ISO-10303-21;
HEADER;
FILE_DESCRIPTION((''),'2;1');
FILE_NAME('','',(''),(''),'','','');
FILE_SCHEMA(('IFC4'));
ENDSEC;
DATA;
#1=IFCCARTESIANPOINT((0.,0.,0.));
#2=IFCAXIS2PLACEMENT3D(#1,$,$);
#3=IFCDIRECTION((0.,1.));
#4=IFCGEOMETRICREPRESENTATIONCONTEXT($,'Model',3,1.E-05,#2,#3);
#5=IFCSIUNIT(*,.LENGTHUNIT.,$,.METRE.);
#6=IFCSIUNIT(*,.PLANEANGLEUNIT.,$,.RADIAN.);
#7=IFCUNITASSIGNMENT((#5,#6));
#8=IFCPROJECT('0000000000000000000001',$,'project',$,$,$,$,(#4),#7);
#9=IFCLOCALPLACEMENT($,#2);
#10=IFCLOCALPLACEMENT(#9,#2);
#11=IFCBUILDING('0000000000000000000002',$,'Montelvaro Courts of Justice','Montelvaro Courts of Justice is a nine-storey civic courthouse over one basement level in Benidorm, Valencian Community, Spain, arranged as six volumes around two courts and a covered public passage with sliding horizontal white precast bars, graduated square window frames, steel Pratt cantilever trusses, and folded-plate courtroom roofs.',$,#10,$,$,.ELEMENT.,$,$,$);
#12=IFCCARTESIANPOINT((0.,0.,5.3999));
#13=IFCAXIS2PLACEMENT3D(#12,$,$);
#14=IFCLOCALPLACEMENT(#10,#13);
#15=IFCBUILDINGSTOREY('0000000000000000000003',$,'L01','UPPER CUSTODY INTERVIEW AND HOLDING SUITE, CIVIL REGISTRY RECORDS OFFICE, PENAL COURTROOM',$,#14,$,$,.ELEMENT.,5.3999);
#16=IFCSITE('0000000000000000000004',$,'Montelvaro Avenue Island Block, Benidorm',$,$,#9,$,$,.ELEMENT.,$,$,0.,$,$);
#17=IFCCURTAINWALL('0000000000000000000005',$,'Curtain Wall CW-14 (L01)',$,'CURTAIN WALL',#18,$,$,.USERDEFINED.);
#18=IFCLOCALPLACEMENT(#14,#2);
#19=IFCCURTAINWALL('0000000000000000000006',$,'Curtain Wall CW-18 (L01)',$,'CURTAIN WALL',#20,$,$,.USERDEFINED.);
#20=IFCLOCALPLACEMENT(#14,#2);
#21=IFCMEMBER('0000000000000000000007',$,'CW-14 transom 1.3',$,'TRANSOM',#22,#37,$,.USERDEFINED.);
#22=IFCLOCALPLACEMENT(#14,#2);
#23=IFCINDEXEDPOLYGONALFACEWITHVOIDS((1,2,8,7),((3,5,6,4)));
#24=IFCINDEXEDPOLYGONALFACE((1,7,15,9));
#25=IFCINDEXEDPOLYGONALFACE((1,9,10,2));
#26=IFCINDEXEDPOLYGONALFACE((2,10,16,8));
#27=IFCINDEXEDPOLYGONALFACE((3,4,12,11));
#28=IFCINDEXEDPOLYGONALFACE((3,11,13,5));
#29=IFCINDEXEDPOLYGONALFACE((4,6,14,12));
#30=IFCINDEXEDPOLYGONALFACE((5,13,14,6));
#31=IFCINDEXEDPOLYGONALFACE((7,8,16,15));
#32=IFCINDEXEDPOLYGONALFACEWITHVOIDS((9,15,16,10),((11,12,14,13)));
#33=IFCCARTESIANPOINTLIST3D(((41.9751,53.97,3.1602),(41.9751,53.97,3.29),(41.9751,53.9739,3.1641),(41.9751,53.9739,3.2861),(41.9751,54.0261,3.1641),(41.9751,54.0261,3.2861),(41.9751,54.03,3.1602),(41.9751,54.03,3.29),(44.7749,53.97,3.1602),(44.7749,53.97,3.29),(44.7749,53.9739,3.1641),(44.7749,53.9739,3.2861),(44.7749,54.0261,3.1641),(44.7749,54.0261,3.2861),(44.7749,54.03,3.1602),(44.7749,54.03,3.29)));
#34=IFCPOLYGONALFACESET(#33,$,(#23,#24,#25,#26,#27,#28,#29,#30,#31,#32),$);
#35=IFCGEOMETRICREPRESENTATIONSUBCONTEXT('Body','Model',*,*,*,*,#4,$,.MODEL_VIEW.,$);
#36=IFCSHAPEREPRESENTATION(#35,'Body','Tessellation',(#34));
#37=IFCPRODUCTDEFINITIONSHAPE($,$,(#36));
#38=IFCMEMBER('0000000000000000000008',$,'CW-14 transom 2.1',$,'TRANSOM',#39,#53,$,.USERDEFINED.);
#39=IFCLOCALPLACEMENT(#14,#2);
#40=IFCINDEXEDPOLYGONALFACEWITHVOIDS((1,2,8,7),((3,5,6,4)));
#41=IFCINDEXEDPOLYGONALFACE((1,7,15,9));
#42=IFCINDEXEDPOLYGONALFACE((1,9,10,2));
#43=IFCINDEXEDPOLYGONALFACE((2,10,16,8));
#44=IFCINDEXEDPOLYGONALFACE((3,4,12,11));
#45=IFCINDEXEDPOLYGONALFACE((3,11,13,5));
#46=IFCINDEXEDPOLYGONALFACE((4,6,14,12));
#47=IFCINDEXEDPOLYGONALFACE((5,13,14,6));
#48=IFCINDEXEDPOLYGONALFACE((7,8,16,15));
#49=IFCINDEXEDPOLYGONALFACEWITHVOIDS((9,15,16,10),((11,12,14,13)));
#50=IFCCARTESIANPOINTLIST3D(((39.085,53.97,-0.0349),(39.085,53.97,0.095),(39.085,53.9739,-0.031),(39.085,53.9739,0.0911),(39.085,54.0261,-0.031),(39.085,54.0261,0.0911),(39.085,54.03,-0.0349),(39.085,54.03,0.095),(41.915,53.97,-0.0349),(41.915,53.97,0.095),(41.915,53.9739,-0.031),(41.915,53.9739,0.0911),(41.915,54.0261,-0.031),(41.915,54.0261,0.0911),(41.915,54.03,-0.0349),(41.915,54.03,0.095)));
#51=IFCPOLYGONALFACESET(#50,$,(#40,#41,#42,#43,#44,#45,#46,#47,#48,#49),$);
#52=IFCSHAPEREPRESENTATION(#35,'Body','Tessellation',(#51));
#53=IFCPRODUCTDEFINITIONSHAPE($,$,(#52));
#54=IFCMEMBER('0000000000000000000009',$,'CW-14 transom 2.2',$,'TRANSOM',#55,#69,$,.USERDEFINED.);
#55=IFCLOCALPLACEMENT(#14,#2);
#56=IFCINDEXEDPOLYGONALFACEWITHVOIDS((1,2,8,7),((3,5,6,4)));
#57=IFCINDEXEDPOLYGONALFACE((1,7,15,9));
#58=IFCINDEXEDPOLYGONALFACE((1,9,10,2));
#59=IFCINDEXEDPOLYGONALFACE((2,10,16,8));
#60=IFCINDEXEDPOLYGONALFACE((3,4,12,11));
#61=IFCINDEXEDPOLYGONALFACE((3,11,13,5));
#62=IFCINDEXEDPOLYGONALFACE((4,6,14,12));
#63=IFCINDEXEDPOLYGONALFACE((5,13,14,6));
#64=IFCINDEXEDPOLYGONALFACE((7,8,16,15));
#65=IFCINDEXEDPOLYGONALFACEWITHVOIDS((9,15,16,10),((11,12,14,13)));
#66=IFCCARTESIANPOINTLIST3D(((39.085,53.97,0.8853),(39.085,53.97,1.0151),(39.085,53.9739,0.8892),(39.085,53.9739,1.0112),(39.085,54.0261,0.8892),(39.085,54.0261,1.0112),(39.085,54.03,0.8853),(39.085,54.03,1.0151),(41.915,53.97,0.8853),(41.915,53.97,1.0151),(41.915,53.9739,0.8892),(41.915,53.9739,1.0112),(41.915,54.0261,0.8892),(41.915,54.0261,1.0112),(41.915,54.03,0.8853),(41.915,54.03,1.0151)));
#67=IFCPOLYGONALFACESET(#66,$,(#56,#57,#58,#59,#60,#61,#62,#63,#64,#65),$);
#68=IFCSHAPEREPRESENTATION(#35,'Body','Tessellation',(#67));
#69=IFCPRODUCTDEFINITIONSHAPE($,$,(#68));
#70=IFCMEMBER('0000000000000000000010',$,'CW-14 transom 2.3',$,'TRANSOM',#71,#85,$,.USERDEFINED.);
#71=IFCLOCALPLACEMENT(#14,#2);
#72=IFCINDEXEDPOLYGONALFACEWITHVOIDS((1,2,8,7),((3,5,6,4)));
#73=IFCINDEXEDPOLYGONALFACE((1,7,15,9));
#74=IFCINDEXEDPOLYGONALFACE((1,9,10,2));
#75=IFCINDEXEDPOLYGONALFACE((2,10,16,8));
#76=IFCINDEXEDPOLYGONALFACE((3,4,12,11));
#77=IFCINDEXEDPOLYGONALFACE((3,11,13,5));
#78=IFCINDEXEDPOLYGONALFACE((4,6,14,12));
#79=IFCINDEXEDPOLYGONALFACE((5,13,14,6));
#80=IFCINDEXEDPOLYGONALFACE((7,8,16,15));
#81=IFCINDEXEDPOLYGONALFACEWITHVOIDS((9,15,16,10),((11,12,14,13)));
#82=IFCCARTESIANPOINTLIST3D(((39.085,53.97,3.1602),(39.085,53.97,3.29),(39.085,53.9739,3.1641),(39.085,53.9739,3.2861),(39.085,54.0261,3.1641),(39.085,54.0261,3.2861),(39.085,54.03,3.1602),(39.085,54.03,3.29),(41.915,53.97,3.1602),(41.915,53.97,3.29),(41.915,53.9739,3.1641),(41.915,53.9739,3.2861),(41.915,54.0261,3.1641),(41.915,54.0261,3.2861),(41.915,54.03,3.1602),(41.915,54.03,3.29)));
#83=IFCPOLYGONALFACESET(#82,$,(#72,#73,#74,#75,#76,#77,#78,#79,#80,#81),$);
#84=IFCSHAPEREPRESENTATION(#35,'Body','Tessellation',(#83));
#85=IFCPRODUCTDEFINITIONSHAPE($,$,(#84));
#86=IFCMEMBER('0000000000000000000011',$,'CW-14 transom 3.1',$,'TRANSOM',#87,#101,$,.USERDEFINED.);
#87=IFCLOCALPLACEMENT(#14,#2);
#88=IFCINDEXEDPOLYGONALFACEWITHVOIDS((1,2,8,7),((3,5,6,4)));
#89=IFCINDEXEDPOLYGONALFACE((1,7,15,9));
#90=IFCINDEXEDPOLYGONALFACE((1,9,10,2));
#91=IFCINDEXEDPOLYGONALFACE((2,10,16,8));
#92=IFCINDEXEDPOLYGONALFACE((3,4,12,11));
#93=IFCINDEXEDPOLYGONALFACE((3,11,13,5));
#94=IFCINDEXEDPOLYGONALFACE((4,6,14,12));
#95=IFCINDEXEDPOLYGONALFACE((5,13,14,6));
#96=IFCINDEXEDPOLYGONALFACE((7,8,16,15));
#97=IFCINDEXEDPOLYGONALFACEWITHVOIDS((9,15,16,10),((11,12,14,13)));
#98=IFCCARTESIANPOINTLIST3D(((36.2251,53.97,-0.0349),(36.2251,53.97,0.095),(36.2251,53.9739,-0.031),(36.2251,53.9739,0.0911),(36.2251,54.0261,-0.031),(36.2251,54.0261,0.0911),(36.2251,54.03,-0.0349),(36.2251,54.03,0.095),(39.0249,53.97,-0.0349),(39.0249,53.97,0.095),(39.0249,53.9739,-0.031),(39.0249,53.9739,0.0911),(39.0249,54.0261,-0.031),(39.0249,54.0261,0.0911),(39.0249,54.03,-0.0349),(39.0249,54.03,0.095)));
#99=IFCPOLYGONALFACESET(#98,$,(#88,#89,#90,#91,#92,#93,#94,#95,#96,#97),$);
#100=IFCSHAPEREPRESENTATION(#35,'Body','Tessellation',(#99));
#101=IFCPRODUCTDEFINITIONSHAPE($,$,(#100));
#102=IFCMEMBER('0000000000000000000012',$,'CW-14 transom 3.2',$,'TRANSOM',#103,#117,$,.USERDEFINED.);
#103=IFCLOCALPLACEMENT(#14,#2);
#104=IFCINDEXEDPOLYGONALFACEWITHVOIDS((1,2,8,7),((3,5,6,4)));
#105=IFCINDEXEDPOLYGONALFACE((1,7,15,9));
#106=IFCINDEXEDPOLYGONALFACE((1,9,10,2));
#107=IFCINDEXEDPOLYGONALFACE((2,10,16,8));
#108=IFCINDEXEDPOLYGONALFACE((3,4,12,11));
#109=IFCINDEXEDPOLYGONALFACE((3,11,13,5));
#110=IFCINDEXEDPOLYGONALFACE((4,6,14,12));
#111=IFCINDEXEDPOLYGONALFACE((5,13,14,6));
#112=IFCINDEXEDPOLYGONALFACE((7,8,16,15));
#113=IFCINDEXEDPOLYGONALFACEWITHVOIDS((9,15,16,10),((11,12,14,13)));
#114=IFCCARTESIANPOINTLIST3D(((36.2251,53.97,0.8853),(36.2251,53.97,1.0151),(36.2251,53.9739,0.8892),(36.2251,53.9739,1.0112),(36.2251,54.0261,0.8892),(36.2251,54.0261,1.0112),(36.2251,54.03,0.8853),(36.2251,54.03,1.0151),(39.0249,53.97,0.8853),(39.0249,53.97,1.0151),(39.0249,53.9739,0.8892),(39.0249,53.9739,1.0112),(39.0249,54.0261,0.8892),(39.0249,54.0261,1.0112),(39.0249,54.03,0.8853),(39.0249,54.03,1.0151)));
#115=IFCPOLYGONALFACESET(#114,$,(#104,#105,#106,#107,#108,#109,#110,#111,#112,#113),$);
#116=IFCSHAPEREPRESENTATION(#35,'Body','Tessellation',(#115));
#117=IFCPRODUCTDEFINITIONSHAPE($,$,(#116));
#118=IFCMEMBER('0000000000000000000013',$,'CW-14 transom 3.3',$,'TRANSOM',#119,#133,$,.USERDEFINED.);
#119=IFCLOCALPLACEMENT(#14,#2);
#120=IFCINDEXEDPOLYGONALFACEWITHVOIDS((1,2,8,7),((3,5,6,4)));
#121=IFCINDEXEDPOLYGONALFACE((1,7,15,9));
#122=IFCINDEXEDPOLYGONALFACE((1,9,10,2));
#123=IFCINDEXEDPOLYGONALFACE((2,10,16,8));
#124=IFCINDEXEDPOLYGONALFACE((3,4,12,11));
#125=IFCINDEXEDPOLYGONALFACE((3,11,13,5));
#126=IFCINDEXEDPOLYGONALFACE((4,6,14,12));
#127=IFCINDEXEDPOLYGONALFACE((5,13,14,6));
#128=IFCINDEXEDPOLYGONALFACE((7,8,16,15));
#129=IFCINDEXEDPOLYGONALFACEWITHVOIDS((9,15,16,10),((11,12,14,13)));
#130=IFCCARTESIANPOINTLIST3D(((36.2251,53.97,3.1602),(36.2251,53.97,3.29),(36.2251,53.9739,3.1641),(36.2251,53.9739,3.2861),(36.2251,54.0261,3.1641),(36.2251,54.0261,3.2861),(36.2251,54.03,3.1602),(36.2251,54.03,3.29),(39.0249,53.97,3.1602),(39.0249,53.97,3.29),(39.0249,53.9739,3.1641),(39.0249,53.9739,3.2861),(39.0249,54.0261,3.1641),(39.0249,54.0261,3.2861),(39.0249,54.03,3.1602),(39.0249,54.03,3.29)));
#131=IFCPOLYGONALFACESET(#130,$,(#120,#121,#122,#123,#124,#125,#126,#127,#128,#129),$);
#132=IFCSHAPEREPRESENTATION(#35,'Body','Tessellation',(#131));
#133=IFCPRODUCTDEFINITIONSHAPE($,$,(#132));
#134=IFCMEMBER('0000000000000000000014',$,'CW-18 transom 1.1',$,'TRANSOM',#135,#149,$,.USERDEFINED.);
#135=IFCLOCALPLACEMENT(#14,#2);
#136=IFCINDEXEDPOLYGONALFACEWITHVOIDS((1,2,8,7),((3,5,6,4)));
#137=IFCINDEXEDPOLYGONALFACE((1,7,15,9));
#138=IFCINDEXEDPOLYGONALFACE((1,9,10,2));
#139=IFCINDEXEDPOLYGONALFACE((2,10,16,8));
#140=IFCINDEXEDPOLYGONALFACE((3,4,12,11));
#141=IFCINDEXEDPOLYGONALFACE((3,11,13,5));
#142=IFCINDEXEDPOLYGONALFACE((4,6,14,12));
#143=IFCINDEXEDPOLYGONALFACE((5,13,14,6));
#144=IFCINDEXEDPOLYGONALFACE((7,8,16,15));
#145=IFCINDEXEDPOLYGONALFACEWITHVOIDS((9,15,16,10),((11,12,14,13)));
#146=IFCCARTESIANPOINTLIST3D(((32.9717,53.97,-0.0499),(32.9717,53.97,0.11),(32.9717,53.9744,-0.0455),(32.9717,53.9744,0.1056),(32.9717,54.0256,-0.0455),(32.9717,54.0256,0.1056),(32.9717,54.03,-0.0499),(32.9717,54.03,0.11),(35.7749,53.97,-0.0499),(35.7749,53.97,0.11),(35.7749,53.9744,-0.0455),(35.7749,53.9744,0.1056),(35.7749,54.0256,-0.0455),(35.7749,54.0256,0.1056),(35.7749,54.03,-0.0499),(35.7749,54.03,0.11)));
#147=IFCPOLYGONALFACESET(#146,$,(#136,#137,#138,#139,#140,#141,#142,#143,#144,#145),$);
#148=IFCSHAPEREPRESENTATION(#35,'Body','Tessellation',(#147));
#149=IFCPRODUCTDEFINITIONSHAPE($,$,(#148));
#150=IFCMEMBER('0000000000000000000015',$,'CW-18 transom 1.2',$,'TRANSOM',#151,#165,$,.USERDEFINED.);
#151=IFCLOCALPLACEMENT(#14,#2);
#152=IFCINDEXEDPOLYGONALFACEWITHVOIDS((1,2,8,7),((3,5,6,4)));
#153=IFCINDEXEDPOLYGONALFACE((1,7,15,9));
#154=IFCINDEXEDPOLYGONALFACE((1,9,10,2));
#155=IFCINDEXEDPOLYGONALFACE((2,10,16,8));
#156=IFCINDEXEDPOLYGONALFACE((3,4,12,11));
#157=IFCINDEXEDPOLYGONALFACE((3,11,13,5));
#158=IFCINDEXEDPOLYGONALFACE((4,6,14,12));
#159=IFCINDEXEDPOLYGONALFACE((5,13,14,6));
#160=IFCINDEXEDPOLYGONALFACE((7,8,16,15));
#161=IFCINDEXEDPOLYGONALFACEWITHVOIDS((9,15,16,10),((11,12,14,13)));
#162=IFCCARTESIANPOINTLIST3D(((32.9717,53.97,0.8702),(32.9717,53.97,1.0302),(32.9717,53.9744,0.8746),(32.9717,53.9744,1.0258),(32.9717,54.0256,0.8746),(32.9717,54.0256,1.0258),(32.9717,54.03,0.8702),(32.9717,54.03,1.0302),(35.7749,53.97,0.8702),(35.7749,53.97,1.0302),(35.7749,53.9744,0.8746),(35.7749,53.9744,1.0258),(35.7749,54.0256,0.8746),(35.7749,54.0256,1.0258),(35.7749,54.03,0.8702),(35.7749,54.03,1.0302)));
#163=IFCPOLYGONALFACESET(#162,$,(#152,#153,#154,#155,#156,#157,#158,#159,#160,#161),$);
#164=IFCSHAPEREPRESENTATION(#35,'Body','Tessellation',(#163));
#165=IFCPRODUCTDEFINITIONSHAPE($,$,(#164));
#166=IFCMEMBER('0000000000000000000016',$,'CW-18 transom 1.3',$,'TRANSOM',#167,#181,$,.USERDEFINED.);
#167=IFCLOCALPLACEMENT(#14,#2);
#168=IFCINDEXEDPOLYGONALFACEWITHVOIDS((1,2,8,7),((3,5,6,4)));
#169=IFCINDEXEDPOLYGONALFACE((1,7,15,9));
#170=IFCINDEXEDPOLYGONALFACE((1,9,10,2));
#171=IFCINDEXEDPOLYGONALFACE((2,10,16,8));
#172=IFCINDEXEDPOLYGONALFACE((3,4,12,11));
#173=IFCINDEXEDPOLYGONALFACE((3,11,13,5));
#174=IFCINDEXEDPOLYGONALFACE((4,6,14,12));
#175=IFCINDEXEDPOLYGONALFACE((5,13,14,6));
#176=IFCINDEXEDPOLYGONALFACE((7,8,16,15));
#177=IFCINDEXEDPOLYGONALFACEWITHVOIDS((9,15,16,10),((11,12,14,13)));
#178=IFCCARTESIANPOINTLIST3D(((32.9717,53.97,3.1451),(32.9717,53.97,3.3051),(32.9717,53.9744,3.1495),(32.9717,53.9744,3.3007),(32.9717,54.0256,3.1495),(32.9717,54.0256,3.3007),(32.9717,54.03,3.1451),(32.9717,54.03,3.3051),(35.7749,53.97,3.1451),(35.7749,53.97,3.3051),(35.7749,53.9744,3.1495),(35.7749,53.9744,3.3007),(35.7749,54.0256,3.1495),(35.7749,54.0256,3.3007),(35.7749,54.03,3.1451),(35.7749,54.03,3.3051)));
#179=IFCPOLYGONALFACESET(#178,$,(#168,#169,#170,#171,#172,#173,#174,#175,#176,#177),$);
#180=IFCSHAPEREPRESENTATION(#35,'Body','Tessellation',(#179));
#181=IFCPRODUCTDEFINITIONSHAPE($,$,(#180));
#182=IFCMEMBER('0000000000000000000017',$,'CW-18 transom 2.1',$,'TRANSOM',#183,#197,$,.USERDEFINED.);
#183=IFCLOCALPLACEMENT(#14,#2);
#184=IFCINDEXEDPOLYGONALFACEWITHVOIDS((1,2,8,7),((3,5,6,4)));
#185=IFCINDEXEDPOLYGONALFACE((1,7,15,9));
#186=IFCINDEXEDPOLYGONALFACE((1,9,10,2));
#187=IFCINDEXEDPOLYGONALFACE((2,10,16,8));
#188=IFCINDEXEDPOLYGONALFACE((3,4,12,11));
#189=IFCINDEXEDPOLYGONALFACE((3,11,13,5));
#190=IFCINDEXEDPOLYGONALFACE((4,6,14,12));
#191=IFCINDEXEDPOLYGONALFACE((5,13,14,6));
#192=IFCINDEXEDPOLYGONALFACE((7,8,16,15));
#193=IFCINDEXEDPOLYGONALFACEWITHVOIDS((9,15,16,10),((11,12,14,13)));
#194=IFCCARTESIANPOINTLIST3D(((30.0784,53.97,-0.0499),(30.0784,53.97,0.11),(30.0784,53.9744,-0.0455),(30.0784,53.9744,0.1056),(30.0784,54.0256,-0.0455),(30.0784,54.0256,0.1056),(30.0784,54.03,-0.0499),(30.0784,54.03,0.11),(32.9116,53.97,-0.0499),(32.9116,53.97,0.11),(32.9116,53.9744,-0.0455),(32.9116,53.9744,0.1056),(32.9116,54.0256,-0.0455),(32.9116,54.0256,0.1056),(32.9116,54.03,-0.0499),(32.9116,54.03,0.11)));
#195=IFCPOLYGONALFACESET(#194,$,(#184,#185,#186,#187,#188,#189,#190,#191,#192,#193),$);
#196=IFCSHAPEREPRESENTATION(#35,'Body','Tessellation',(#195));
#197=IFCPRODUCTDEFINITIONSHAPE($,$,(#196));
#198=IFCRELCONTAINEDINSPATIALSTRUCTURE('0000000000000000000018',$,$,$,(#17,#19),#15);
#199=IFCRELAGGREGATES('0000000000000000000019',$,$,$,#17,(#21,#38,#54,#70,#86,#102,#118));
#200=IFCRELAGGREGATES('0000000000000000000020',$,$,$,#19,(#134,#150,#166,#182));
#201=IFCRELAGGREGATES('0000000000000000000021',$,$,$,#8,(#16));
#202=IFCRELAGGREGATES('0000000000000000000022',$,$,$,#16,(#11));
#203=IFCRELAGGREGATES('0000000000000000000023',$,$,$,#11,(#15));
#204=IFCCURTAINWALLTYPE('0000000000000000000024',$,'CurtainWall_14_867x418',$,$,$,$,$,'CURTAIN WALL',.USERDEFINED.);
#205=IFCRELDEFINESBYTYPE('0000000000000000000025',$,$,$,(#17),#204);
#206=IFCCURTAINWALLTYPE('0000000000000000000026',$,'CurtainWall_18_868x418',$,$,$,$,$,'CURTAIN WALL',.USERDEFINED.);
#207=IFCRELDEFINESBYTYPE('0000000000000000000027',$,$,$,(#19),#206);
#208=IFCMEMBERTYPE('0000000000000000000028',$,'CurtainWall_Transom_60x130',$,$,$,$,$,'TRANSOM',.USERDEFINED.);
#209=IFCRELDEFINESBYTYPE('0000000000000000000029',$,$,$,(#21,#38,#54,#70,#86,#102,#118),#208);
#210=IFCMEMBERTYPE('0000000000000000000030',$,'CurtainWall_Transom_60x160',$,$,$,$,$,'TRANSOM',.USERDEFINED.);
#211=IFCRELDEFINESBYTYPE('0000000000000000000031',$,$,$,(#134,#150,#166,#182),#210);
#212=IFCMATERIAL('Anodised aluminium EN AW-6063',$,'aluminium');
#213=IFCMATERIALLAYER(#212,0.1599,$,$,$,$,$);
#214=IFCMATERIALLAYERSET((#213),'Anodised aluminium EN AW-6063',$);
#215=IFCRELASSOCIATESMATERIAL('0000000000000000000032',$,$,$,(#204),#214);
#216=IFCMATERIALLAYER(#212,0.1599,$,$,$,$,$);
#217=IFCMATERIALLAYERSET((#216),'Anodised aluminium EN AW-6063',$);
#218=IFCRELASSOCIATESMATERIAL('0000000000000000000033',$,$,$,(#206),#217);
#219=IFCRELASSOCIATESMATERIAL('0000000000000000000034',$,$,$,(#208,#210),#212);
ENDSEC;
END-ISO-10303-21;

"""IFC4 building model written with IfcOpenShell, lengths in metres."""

from ifc_helpers import new_model, si_unit, direction, frame, origin, origin_2d, place, context, subcontext, project, spatial, hollow_rectangle, extrude, material, layer, layer_set, material_profile, profile_set, type_object, element, aggregate, save


model = new_model("IFC4")

# Units and contexts
model_context = context("Model", 3, precision=1e-05, world=origin(), true_north=direction((0.0, 1.0)))
body_context = subcontext(model_context, "Body", "Model", "MODEL_VIEW")
ifc_project = project(units=[si_unit("LENGTHUNIT", "METRE"), si_unit("PLANEANGLEUNIT", "RADIAN")], contexts=[model_context])

# Site, building, storey
site_placement = place(None, origin())
site = spatial("IfcSite", under=ifc_project, at=site_placement, Name="Montelvaro Avenue Island Block, Benidorm", CompositionType="ELEMENT", RefElevation=0.0)
building_placement = place(site_placement, origin())
building = spatial("IfcBuilding", under=site, at=building_placement, Name="Montelvaro Courts of Justice", Description="Montelvaro Courts of Justice is a nine-storey civic courthouse over one basement level in Benidorm, Valencian Community, Spain, arranged as six volumes around two courts and a covered public passage with sliding horizontal white precast bars, graduated square window frames, steel Pratt cantilever trusses, and folded-plate courtroom roofs.", CompositionType="ELEMENT")
storey_placement = place(building_placement, frame((0.0, 0.0, 5.3999)))
storey = spatial("IfcBuildingStorey", under=building, at=storey_placement, Name="L01", Description="UPPER CUSTODY INTERVIEW AND HOLDING SUITE, CIVIL REGISTRY RECORDS OFFICE, PENAL COURTROOM", CompositionType="ELEMENT", Elevation=5.3999)

# Curtain walls
ifc_material_1 = material(Name="Anodised aluminium EN AW-6063", Category="aluminium")
ifc_layer_1 = layer(ifc_material_1, 0.1599)
ifc_layer_set_1 = layer_set([ifc_layer_1], Name="Anodised aluminium EN AW-6063")
curtain_wall_type_1 = type_object("IfcCurtainWallType", Name="CurtainWall_14_867x418", ElementType="CURTAIN WALL", PredefinedType="USERDEFINED", material=ifc_layer_set_1)
curtain_wall_1_placement = place(storey_placement, origin())
curtain_wall_1 = element("IfcCurtainWall", 1, at=curtain_wall_1_placement, inside=storey, type_object=curtain_wall_type_1, Name="Curtain Wall CW-14 (L01)", ObjectType="CURTAIN WALL", PredefinedType="USERDEFINED")
ifc_layer_2 = layer(ifc_material_1, 0.1599)
ifc_layer_set_2 = layer_set([ifc_layer_2], Name="Anodised aluminium EN AW-6063")
curtain_wall_type_2 = type_object("IfcCurtainWallType", Name="CurtainWall_18_868x418", ElementType="CURTAIN WALL", PredefinedType="USERDEFINED", material=ifc_layer_set_2)
curtain_wall_2_placement = place(storey_placement, origin())
curtain_wall_2 = element("IfcCurtainWall", 2, at=curtain_wall_2_placement, inside=storey, type_object=curtain_wall_type_2, Name="Curtain Wall CW-18 (L01)", ObjectType="CURTAIN WALL", PredefinedType="USERDEFINED")

# Members
ifc_material_profile_1 = material_profile(ifc_material_1, hollow_rectangle(XDim=0.0601, YDim=0.1299, WallThickness=0.0039, at=origin_2d()), Name="ALU-T 60x130")
ifc_profile_set_1 = profile_set([ifc_material_profile_1], Name="Anodised aluminium EN AW-6063")
member_type_1 = type_object("IfcMemberType", Name="CurtainWall_Transom_60x130", ElementType="TRANSOM", PredefinedType="USERDEFINED", material=ifc_profile_set_1)
member_1_placement = place(storey_placement, frame((44.7749, 54.0, 3.2251), z_axis=(-1.0, 0.0, 0.0), x_axis=(0.0, -1.0, 0.0)))
member_1 = element("IfcMember", 3, at=member_1_placement, type_object=member_type_1, Name="CW-14 transom 1.3", ObjectType="TRANSOM", PredefinedType="USERDEFINED", context=body_context, shape_type="SweptSolid", body=[
    extrude(hollow_rectangle(XDim=0.0601, YDim=0.1299, WallThickness=0.0039, at=origin_2d()), origin(), (0.0, 0.0, 1.0), 2.7998),
])
member_2_placement = place(storey_placement, frame((41.915, 54.0, 0.03), z_axis=(-1.0, 0.0, 0.0), x_axis=(0.0, -1.0, 0.0)))
member_2 = element("IfcMember", 4, at=member_2_placement, type_object=member_type_1, Name="CW-14 transom 2.1", ObjectType="TRANSOM", PredefinedType="USERDEFINED", context=body_context, shape_type="SweptSolid", body=[
    extrude(hollow_rectangle(XDim=0.0601, YDim=0.1299, WallThickness=0.0039, at=origin_2d()), origin(), (0.0, 0.0, 1.0), 2.8301),
])
member_3_placement = place(storey_placement, frame((41.915, 54.0, 0.9502), z_axis=(-1.0, 0.0, 0.0), x_axis=(0.0, -1.0, 0.0)))
member_3 = element("IfcMember", 5, at=member_3_placement, type_object=member_type_1, Name="CW-14 transom 2.2", ObjectType="TRANSOM", PredefinedType="USERDEFINED", context=body_context, shape_type="SweptSolid", body=[
    extrude(hollow_rectangle(XDim=0.0601, YDim=0.1299, WallThickness=0.0039, at=origin_2d()), origin(), (0.0, 0.0, 1.0), 2.8301),
])
member_4_placement = place(storey_placement, frame((41.915, 54.0, 3.2251), z_axis=(-1.0, 0.0, 0.0), x_axis=(0.0, -1.0, 0.0)))
member_4 = element("IfcMember", 6, at=member_4_placement, type_object=member_type_1, Name="CW-14 transom 2.3", ObjectType="TRANSOM", PredefinedType="USERDEFINED", context=body_context, shape_type="SweptSolid", body=[
    extrude(hollow_rectangle(XDim=0.0601, YDim=0.1299, WallThickness=0.0039, at=origin_2d()), origin(), (0.0, 0.0, 1.0), 2.8301),
])
member_5_placement = place(storey_placement, frame((39.0249, 54.0, 0.03), z_axis=(-1.0, 0.0, 0.0), x_axis=(0.0, -1.0, 0.0)))
member_5 = element("IfcMember", 7, at=member_5_placement, type_object=member_type_1, Name="CW-14 transom 3.1", ObjectType="TRANSOM", PredefinedType="USERDEFINED", context=body_context, shape_type="SweptSolid", body=[
    extrude(hollow_rectangle(XDim=0.0601, YDim=0.1299, WallThickness=0.0039, at=origin_2d()), origin(), (0.0, 0.0, 1.0), 2.7998),
])
member_6_placement = place(storey_placement, frame((39.0249, 54.0, 0.9502), z_axis=(-1.0, 0.0, 0.0), x_axis=(0.0, -1.0, 0.0)))
member_6 = element("IfcMember", 8, at=member_6_placement, type_object=member_type_1, Name="CW-14 transom 3.2", ObjectType="TRANSOM", PredefinedType="USERDEFINED", context=body_context, shape_type="SweptSolid", body=[
    extrude(hollow_rectangle(XDim=0.0601, YDim=0.1299, WallThickness=0.0039, at=origin_2d()), origin(), (0.0, 0.0, 1.0), 2.7998),
])
member_7_placement = place(storey_placement, frame((39.0249, 54.0, 3.2251), z_axis=(-1.0, 0.0, 0.0), x_axis=(0.0, -1.0, 0.0)))
member_7 = element("IfcMember", 9, at=member_7_placement, type_object=member_type_1, Name="CW-14 transom 3.3", ObjectType="TRANSOM", PredefinedType="USERDEFINED", context=body_context, shape_type="SweptSolid", body=[
    extrude(hollow_rectangle(XDim=0.0601, YDim=0.1299, WallThickness=0.0039, at=origin_2d()), origin(), (0.0, 0.0, 1.0), 2.7998),
])
ifc_material_profile_2 = material_profile(ifc_material_1, hollow_rectangle(XDim=0.0601, YDim=0.1599, WallThickness=0.0044, at=origin_2d()), Name="ALU-T 60x160")
ifc_profile_set_2 = profile_set([ifc_material_profile_2], Name="Anodised aluminium EN AW-6063")
member_type_2 = type_object("IfcMemberType", Name="CurtainWall_Transom_60x160", ElementType="TRANSOM", PredefinedType="USERDEFINED", material=ifc_profile_set_2)
member_8_placement = place(storey_placement, frame((35.7749, 54.0, 0.03), z_axis=(-1.0, 0.0, 0.0), x_axis=(0.0, -1.0, 0.0)))
member_8 = element("IfcMember", 10, at=member_8_placement, type_object=member_type_2, Name="CW-18 transom 1.1", ObjectType="TRANSOM", PredefinedType="USERDEFINED", context=body_context, shape_type="SweptSolid", body=[
    extrude(hollow_rectangle(XDim=0.0601, YDim=0.1599, WallThickness=0.0044, at=origin_2d()), origin(), (0.0, 0.0, 1.0), 2.8032),
])
member_9_placement = place(storey_placement, frame((35.7749, 54.0, 0.9502), z_axis=(-1.0, 0.0, 0.0), x_axis=(0.0, -1.0, 0.0)))
member_9 = element("IfcMember", 11, at=member_9_placement, type_object=member_type_2, Name="CW-18 transom 1.2", ObjectType="TRANSOM", PredefinedType="USERDEFINED", context=body_context, shape_type="SweptSolid", body=[
    extrude(hollow_rectangle(XDim=0.0601, YDim=0.1599, WallThickness=0.0044, at=origin_2d()), origin(), (0.0, 0.0, 1.0), 2.8032),
])
member_10_placement = place(storey_placement, frame((35.7749, 54.0, 3.2251), z_axis=(-1.0, 0.0, 0.0), x_axis=(0.0, -1.0, 0.0)))
member_10 = element("IfcMember", 12, at=member_10_placement, type_object=member_type_2, Name="CW-18 transom 1.3", ObjectType="TRANSOM", PredefinedType="USERDEFINED", context=body_context, shape_type="SweptSolid", body=[
    extrude(hollow_rectangle(XDim=0.0601, YDim=0.1599, WallThickness=0.0044, at=origin_2d()), origin(), (0.0, 0.0, 1.0), 2.8032),
])
member_11_placement = place(storey_placement, frame((32.9116, 54.0, 0.03), z_axis=(-1.0, 0.0, 0.0), x_axis=(0.0, -1.0, 0.0)))
member_11 = element("IfcMember", 13, at=member_11_placement, type_object=member_type_2, Name="CW-18 transom 2.1", ObjectType="TRANSOM", PredefinedType="USERDEFINED", context=body_context, shape_type="SweptSolid", body=[
    extrude(hollow_rectangle(XDim=0.0601, YDim=0.1599, WallThickness=0.0044, at=origin_2d()), origin(), (0.0, 0.0, 1.0), 2.8333),
])

aggregate(curtain_wall_1, [member_1, member_2, member_3, member_4, member_5, member_6, member_7])
aggregate(curtain_wall_2, [member_8, member_9, member_10, member_11])

save(model, "model.ifc")
